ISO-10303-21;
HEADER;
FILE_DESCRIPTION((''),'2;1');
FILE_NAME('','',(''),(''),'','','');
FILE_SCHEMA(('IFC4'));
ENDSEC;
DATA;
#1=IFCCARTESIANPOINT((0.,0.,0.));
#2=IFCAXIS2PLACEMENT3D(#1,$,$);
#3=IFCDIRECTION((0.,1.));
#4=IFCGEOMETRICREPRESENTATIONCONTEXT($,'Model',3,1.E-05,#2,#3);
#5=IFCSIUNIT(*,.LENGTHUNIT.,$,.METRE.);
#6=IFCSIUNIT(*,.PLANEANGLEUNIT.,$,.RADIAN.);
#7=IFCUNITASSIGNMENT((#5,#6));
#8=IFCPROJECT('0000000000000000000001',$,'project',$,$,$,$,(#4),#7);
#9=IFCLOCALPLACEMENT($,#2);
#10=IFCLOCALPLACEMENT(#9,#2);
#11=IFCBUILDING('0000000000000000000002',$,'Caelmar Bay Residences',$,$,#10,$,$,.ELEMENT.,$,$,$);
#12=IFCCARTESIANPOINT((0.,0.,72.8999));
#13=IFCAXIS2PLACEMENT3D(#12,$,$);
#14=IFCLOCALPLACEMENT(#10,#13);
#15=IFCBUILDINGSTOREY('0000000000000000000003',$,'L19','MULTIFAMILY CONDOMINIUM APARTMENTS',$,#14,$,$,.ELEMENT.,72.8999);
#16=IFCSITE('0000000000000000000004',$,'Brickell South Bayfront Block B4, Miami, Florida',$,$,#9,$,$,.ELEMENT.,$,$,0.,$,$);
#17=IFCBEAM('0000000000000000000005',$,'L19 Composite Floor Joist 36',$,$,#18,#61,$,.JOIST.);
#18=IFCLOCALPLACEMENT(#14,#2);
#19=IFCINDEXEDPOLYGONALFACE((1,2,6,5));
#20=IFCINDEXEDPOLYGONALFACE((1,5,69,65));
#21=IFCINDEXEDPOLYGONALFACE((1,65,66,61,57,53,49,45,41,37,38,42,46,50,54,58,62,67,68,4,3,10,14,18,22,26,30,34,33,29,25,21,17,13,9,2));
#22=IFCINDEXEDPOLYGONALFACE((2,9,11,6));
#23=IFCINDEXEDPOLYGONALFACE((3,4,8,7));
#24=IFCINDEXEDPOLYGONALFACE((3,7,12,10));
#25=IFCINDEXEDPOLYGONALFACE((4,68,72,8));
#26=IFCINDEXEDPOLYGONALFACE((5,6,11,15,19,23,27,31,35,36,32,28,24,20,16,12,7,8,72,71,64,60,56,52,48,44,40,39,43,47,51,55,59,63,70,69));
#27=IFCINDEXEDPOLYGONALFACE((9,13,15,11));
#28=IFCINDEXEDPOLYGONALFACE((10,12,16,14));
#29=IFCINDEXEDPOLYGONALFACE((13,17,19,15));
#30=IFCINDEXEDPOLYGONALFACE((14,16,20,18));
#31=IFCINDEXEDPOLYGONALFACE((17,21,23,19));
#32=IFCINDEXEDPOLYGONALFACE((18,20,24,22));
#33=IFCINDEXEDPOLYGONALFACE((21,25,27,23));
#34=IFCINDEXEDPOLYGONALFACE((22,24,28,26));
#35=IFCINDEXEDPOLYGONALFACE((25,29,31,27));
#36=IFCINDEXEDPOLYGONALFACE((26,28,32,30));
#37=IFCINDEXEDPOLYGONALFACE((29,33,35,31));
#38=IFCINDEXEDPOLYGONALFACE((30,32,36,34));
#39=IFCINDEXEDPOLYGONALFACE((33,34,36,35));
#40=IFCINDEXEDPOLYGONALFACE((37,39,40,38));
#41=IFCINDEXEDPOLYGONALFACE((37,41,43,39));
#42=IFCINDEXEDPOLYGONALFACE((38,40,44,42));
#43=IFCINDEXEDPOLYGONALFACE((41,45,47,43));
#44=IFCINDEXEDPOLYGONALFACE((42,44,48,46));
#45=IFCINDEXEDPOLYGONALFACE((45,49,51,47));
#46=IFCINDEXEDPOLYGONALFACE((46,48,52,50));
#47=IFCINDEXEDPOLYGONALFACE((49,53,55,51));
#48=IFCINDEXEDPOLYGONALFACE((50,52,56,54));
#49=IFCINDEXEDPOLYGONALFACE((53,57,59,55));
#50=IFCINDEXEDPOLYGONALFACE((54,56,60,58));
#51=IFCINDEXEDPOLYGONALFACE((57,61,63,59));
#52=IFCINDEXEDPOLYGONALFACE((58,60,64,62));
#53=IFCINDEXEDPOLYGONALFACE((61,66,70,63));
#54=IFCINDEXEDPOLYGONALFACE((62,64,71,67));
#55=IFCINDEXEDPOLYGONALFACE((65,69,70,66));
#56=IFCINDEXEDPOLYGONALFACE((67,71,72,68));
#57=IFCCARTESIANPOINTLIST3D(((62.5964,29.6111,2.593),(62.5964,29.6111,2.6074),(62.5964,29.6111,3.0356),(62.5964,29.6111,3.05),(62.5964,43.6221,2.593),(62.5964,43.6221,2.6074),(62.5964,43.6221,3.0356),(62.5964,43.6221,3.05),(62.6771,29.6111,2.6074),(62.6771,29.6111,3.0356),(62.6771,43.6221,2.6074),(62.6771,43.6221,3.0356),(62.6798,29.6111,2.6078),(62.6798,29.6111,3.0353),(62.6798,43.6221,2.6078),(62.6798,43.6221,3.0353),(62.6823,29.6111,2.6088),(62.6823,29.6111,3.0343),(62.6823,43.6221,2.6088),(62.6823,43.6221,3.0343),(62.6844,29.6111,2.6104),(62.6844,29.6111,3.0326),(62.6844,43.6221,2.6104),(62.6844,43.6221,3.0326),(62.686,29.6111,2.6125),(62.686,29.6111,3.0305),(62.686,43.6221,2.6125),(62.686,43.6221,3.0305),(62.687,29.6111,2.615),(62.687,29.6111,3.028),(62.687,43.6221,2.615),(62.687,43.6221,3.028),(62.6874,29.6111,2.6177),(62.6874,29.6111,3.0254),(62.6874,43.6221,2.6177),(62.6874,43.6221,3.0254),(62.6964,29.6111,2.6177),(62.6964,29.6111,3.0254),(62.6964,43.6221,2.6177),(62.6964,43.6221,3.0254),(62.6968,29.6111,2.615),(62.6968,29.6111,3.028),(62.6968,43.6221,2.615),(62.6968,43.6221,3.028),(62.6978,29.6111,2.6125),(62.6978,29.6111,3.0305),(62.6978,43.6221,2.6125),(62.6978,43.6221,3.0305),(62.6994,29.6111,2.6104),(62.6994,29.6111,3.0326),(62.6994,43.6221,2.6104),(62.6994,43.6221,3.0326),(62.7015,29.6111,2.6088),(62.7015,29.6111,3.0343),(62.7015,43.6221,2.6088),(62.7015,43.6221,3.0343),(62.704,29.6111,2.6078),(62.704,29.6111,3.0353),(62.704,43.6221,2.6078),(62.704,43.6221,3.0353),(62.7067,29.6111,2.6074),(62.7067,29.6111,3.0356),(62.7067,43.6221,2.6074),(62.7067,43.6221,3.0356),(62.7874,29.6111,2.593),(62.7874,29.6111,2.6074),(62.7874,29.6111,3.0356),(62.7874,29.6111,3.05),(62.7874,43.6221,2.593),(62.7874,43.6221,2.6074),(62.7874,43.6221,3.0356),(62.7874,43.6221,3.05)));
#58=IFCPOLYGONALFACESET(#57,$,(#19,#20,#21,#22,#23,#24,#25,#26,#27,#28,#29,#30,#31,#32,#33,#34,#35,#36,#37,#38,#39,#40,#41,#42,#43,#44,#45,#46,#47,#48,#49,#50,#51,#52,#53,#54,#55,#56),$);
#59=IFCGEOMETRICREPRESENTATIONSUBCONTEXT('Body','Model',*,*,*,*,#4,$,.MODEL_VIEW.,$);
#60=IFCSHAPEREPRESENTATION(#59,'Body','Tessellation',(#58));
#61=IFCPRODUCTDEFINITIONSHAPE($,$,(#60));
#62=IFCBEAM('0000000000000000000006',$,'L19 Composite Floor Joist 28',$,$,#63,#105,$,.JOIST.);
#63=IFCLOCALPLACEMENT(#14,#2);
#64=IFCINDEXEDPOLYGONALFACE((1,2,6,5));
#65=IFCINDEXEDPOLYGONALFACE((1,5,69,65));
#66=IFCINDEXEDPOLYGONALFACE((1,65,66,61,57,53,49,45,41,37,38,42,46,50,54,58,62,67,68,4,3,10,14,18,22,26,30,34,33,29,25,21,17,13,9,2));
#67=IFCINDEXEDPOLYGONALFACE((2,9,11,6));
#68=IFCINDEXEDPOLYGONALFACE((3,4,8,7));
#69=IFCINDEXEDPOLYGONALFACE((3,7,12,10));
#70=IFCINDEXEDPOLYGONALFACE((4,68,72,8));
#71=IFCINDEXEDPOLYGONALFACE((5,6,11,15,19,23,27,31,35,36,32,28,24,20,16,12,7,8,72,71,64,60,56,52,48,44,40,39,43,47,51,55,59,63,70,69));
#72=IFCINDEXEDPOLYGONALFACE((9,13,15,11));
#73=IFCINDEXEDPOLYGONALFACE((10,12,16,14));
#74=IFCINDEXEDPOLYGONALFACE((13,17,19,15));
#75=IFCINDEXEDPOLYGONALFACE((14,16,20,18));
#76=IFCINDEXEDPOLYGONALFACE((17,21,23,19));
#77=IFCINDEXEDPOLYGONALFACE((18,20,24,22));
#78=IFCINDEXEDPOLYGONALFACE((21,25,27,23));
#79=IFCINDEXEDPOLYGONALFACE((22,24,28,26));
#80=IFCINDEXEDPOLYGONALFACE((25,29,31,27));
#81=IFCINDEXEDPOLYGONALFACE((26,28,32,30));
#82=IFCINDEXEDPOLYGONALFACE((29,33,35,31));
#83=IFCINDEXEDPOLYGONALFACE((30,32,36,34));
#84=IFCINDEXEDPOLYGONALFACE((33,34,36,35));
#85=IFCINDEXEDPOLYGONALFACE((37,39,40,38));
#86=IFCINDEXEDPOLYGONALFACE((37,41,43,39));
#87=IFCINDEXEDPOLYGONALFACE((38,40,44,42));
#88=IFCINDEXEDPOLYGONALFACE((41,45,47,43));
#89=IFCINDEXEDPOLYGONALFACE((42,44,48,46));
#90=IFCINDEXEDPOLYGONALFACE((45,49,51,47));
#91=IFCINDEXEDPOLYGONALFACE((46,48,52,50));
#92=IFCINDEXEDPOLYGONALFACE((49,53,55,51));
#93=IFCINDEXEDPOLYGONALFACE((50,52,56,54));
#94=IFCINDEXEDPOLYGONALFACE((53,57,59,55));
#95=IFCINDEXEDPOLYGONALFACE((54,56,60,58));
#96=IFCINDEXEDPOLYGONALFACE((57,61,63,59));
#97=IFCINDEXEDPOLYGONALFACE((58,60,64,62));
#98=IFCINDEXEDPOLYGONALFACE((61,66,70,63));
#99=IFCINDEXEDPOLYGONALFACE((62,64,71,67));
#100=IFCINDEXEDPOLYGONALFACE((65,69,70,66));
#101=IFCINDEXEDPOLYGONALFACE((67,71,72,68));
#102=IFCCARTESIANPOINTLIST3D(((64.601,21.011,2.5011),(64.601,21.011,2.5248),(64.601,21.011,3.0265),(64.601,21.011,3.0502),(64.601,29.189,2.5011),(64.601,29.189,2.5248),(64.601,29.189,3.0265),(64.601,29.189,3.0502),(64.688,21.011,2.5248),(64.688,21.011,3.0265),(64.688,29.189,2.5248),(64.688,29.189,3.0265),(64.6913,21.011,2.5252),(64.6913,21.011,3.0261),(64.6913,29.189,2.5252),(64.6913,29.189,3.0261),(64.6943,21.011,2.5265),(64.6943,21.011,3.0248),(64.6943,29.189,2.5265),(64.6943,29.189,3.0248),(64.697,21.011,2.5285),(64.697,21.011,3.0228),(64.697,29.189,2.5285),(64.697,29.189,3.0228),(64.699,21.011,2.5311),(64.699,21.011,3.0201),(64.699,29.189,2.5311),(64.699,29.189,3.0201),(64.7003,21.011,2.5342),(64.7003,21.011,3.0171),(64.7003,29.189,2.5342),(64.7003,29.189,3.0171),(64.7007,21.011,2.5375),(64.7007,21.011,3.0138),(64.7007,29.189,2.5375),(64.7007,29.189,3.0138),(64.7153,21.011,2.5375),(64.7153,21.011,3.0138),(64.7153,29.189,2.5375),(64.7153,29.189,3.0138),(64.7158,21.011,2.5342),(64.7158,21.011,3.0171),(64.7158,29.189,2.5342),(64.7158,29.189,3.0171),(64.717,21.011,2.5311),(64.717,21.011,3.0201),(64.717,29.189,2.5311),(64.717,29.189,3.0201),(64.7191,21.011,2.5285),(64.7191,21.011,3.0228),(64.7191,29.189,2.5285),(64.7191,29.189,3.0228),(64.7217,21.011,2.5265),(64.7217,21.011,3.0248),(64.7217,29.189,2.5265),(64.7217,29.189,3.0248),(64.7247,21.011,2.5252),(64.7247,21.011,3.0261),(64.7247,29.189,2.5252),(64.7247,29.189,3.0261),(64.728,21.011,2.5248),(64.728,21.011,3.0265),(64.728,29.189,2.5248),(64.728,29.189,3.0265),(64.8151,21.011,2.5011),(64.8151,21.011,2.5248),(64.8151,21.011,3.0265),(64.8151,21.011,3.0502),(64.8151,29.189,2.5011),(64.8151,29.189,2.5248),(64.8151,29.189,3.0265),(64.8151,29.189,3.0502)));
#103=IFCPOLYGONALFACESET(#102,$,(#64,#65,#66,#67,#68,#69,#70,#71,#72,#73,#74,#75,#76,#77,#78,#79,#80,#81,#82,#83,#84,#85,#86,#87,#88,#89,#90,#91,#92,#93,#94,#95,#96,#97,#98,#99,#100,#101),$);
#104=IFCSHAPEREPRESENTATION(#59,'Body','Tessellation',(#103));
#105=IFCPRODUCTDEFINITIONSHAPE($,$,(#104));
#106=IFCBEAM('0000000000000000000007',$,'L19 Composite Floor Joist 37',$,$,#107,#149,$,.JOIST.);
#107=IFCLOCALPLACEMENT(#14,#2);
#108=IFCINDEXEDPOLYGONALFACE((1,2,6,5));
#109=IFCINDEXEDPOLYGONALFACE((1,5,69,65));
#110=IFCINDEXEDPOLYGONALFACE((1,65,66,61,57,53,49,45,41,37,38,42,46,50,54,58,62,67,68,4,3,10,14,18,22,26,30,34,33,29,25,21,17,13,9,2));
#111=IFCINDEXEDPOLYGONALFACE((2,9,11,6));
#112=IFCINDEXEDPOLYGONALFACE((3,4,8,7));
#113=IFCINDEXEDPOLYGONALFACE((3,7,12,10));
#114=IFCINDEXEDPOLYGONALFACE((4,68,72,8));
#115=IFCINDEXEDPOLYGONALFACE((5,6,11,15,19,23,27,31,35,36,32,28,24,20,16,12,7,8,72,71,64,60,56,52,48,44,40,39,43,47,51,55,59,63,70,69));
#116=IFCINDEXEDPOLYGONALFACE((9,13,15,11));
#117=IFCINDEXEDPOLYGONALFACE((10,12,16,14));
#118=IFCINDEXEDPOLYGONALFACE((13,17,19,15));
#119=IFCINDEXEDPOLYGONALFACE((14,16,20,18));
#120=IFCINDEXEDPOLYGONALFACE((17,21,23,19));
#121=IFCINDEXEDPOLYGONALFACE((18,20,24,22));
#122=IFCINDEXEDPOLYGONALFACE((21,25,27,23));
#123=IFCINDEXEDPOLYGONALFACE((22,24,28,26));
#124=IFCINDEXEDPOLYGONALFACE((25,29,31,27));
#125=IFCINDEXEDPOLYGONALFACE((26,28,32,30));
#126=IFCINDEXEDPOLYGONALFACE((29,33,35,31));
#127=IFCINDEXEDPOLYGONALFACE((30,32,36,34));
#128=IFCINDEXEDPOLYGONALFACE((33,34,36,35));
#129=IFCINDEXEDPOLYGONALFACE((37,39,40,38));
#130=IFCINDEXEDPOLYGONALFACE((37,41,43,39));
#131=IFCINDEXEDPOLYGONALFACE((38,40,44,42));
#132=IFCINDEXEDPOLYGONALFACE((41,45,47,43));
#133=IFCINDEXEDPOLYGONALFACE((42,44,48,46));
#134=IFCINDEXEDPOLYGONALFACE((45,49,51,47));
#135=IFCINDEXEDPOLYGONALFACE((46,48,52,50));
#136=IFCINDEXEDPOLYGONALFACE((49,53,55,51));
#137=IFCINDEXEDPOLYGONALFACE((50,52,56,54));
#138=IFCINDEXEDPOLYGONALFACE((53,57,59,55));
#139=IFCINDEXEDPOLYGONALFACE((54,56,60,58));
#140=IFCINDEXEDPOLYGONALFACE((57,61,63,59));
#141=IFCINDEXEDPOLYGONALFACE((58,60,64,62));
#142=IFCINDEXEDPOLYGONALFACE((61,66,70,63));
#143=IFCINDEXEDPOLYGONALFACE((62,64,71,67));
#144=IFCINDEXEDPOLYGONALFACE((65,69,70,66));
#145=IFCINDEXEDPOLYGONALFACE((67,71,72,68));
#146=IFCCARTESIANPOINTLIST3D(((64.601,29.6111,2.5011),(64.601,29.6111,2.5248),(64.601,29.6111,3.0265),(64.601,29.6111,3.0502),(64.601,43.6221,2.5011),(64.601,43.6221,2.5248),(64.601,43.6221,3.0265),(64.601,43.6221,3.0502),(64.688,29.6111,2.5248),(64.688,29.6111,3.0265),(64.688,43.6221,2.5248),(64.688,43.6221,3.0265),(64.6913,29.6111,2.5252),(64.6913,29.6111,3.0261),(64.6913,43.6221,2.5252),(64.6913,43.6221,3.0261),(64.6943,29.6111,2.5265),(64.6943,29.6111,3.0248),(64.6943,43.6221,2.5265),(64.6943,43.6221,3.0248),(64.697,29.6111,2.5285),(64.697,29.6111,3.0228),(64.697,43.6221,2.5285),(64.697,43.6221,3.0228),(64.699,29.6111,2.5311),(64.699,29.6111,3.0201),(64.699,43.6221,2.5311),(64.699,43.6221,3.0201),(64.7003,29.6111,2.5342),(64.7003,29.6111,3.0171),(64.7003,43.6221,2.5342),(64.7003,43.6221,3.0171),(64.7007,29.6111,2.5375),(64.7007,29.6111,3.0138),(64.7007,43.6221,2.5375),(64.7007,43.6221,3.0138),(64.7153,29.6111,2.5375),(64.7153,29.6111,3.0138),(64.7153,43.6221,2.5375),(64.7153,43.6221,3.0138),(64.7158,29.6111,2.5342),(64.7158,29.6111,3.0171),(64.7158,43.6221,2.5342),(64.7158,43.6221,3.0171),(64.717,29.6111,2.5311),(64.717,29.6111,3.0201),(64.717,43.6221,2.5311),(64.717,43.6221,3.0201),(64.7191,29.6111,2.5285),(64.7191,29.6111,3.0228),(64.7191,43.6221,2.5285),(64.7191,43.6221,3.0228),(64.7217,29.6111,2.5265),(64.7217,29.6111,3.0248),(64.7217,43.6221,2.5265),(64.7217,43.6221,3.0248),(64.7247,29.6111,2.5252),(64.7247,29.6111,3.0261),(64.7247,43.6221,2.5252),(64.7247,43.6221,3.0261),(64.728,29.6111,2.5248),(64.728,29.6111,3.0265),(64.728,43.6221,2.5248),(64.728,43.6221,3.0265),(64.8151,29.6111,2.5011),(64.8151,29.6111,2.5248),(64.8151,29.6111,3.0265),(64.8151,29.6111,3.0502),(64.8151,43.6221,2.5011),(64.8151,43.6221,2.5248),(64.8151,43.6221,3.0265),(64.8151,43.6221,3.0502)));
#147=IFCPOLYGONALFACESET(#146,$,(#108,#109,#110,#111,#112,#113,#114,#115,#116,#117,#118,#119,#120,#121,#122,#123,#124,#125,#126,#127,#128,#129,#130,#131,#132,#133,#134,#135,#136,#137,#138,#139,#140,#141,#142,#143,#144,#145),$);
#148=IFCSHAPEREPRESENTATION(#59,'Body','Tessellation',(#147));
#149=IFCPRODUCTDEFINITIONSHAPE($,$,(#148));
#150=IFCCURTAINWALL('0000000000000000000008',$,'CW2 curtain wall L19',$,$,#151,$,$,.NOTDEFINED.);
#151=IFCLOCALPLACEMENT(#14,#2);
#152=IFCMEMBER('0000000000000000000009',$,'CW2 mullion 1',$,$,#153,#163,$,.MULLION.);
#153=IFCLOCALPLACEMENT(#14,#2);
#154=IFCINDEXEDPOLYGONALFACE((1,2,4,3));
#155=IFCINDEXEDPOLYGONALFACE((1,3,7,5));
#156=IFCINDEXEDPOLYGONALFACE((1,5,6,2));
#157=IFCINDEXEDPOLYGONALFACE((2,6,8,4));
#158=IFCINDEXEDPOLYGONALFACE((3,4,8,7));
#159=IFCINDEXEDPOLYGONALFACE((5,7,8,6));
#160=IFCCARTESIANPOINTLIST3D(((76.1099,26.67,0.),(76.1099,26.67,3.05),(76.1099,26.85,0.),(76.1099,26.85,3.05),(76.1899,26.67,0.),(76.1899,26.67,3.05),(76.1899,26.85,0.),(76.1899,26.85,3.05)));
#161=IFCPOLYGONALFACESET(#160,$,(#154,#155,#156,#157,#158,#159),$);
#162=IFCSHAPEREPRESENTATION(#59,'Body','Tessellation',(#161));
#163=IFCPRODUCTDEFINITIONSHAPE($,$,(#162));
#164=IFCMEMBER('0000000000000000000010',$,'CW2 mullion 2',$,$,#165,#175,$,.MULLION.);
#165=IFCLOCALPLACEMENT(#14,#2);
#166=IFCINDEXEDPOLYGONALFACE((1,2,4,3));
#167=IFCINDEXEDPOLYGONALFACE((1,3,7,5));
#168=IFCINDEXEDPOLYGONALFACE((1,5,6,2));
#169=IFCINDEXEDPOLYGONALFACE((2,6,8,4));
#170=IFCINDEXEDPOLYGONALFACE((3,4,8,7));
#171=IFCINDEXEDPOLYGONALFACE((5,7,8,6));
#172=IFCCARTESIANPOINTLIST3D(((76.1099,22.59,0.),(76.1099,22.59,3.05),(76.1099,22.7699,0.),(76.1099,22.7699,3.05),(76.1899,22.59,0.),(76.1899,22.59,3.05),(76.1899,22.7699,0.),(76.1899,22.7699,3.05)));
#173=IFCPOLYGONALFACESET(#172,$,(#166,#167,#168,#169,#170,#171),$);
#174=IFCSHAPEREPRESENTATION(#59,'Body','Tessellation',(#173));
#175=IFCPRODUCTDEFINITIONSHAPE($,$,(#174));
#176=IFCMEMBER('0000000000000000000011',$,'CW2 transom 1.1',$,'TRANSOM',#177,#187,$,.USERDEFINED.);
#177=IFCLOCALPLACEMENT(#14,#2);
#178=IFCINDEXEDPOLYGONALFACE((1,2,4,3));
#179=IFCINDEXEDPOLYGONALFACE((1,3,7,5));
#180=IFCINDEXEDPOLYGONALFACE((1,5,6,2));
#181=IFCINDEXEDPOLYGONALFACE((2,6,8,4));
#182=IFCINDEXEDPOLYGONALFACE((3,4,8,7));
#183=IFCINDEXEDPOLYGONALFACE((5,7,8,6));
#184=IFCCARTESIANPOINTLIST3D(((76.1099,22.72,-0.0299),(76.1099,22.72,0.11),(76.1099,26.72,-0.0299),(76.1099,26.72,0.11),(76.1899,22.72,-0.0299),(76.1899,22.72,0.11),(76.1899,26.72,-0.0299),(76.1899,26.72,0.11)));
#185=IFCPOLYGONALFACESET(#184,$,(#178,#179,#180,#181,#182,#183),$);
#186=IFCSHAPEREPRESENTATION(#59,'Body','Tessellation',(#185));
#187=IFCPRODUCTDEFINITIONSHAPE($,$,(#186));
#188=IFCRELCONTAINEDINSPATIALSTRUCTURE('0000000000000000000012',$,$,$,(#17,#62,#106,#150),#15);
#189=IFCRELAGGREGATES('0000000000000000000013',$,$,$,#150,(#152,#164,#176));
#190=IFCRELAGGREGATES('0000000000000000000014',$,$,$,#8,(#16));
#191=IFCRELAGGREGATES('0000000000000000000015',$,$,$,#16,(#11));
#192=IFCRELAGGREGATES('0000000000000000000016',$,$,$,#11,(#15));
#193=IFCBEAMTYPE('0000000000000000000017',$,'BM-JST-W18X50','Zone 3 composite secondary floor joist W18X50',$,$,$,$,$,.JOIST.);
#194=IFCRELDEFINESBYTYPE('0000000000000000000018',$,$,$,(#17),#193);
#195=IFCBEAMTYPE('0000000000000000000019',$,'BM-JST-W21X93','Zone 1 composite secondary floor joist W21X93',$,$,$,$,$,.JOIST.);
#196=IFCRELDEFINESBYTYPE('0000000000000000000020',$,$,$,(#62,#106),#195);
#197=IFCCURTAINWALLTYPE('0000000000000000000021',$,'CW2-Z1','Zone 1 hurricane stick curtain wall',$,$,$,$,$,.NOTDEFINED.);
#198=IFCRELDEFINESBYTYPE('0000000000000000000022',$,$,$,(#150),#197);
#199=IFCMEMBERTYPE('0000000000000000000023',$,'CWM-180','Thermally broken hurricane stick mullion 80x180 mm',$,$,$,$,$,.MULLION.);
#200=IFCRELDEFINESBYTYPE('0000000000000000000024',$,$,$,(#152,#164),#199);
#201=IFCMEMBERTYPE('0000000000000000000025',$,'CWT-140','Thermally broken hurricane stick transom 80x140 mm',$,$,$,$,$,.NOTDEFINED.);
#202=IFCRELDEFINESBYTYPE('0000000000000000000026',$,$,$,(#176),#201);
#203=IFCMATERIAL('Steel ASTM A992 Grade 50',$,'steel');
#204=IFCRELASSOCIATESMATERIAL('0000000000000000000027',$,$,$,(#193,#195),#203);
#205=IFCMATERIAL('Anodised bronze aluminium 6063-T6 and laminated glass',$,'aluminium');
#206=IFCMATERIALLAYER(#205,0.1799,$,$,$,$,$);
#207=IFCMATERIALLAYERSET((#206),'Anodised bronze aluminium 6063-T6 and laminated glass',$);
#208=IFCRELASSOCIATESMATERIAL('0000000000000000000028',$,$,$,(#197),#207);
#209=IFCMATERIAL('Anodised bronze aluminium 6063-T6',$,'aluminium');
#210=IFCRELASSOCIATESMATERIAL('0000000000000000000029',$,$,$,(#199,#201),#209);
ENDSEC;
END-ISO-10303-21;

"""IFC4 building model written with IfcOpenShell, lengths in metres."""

from ifc_helpers import new_model, si_unit, direction, frame, origin, origin_2d, place, context, subcontext, project, spatial, rectangle, i_section, extrude, material, layer, layer_set, material_profile, profile_set, type_object, element, aggregate, save


model = new_model("IFC4")

# Units and contexts
model_context = context("Model", 3, precision=1e-05, world=origin(), true_north=direction((0.0, 1.0)))
body_context = subcontext(model_context, "Body", "Model", "MODEL_VIEW")
ifc_project = project(units=[si_unit("LENGTHUNIT", "METRE"), si_unit("PLANEANGLEUNIT", "RADIAN")], contexts=[model_context])

# Site, building, storey
site_placement = place(None, origin())
site = spatial("IfcSite", under=ifc_project, at=site_placement, Name="Brickell South Bayfront Block B4, Miami, Florida", CompositionType="ELEMENT", RefElevation=0.0)
building_placement = place(site_placement, origin())
building = spatial("IfcBuilding", under=site, at=building_placement, Name="Caelmar Bay Residences", CompositionType="ELEMENT")
storey_placement = place(building_placement, frame((0.0, 0.0, 72.8999)))
storey = spatial("IfcBuildingStorey", under=building, at=storey_placement, Name="L19", Description="MULTIFAMILY CONDOMINIUM APARTMENTS", CompositionType="ELEMENT", Elevation=72.8999)

# Beams
ifc_material_1 = material(Name="Steel ASTM A992 Grade 50", Category="steel")
ifc_material_profile_1 = material_profile(ifc_material_1, i_section(OverallWidth=0.1909, OverallDepth=0.457, WebThickness=0.009, FlangeThickness=0.0144, FilletRadius=0.0103, at=origin_2d()), Name="W18X50")
ifc_profile_set_1 = profile_set([ifc_material_profile_1], Name="Steel ASTM A992 Grade 50")
beam_type_1 = type_object("IfcBeamType", Name="BM-JST-W18X50", Description="Zone 3 composite secondary floor joist W18X50", PredefinedType="JOIST", material=ifc_profile_set_1)
beam_1_placement = place(storey_placement, frame((62.6919, 29.6111, 2.8215), z_axis=(0.0, 1.0, 0.0), x_axis=(-1.0, 0.0, 0.0)))
element("IfcBeam", 1, at=beam_1_placement, inside=storey, type_object=beam_type_1, Name="L19 Composite Floor Joist 36", PredefinedType="JOIST", context=body_context, shape_type="SweptSolid", body=[
    extrude(i_section(OverallWidth=0.1909, OverallDepth=0.457, WebThickness=0.009, FlangeThickness=0.0144, FilletRadius=0.0103, at=origin_2d()), origin(), (0.0, 0.0, 1.0), 14.011),
])
ifc_material_profile_2 = material_profile(ifc_material_1, i_section(OverallWidth=0.2141, OverallDepth=0.5491, WebThickness=0.0146, FlangeThickness=0.0237, FilletRadius=0.0127, at=origin_2d()), Name="W21X93")
ifc_profile_set_2 = profile_set([ifc_material_profile_2], Name="Steel ASTM A992 Grade 50")
beam_type_2 = type_object("IfcBeamType", Name="BM-JST-W21X93", Description="Zone 1 composite secondary floor joist W21X93", PredefinedType="JOIST", material=ifc_profile_set_2)
beam_2_placement = place(storey_placement, frame((64.708, 21.011, 2.7756), z_axis=(0.0, 1.0, 0.0), x_axis=(-1.0, 0.0, 0.0)))
element("IfcBeam", 2, at=beam_2_placement, inside=storey, type_object=beam_type_2, Name="L19 Composite Floor Joist 28", PredefinedType="JOIST", context=body_context, shape_type="SweptSolid", body=[
    extrude(i_section(OverallWidth=0.2141, OverallDepth=0.5491, WebThickness=0.0146, FlangeThickness=0.0237, FilletRadius=0.0127, at=origin_2d()), origin(), (0.0, 0.0, 1.0), 8.178),
])
beam_3_placement = place(storey_placement, frame((64.708, 29.6111, 2.7756), z_axis=(0.0, 1.0, 0.0), x_axis=(-1.0, 0.0, 0.0)))
element("IfcBeam", 3, at=beam_3_placement, inside=storey, type_object=beam_type_2, Name="L19 Composite Floor Joist 37", PredefinedType="JOIST", context=body_context, shape_type="SweptSolid", body=[
    extrude(i_section(OverallWidth=0.2141, OverallDepth=0.5491, WebThickness=0.0146, FlangeThickness=0.0237, FilletRadius=0.0127, at=origin_2d()), origin(), (0.0, 0.0, 1.0), 14.011),
])

# Curtain wall, members
ifc_material_2 = material(Name="Anodised bronze aluminium 6063-T6 and laminated glass", Category="aluminium")
ifc_layer_1 = layer(ifc_material_2, 0.1799)
ifc_layer_set_1 = layer_set([ifc_layer_1], Name="Anodised bronze aluminium 6063-T6 and laminated glass")
curtain_wall_type = type_object("IfcCurtainWallType", Name="CW2-Z1", Description="Zone 1 hurricane stick curtain wall", PredefinedType="NOTDEFINED", material=ifc_layer_set_1)
curtain_wall_placement = place(storey_placement, origin())
curtain_wall = element("IfcCurtainWall", 4, at=curtain_wall_placement, inside=storey, type_object=curtain_wall_type, Name="CW2 curtain wall L19", PredefinedType="NOTDEFINED")
ifc_material_3 = material(Name="Anodised bronze aluminium 6063-T6", Category="aluminium")
ifc_material_profile_3 = material_profile(ifc_material_3, rectangle(XDim=0.0801, YDim=0.1799, at=origin_2d()), Name="CWM-80X180")
ifc_profile_set_3 = profile_set([ifc_material_profile_3], Name="Anodised bronze aluminium 6063-T6")
member_type_1 = type_object("IfcMemberType", Name="CWM-180", Description="Thermally broken hurricane stick mullion 80x180 mm", PredefinedType="MULLION", material=ifc_profile_set_3)
member_1_placement = place(storey_placement, frame((76.1499, 26.76, 0.0), z_axis=(0.0, 0.0, 1.0), x_axis=(1.0, 0.0, 0.0)))
member_1 = element("IfcMember", 5, at=member_1_placement, type_object=member_type_1, Name="CW2 mullion 1", PredefinedType="MULLION", context=body_context, shape_type="SweptSolid", body=[
    extrude(rectangle(XDim=0.0801, YDim=0.1799, at=origin_2d()), origin(), (0.0, 0.0, 1.0), 3.05),
])
member_2_placement = place(storey_placement, frame((76.1499, 22.6799, 0.0), z_axis=(0.0, 0.0, 1.0), x_axis=(1.0, 0.0, 0.0)))
member_2 = element("IfcMember", 6, at=member_2_placement, type_object=member_type_1, Name="CW2 mullion 2", PredefinedType="MULLION", context=body_context, shape_type="SweptSolid", body=[
    extrude(rectangle(XDim=0.0801, YDim=0.1799, at=origin_2d()), origin(), (0.0, 0.0, 1.0), 3.05),
])
ifc_material_profile_4 = material_profile(ifc_material_3, rectangle(XDim=0.0801, YDim=0.1399, at=origin_2d()), Name="CWT-80X140")
ifc_profile_set_4 = profile_set([ifc_material_profile_4], Name="Anodised bronze aluminium 6063-T6")
member_type_2 = type_object("IfcMemberType", Name="CWT-140", Description="Thermally broken hurricane stick transom 80x140 mm", PredefinedType="NOTDEFINED", material=ifc_profile_set_4)
member_3_placement = place(storey_placement, frame((76.1499, 26.72, 0.04), z_axis=(0.0, -1.0, 0.0), x_axis=(1.0, 0.0, 0.0)))
member_3 = element("IfcMember", 7, at=member_3_placement, type_object=member_type_2, Name="CW2 transom 1.1", ObjectType="TRANSOM", PredefinedType="USERDEFINED", context=body_context, shape_type="SweptSolid", body=[
    extrude(rectangle(XDim=0.0801, YDim=0.1399, at=origin_2d()), origin(), (0.0, 0.0, 1.0), 4.0),
])
aggregate(curtain_wall, [member_1, member_2, member_3])

save(model, "model.ifc")
